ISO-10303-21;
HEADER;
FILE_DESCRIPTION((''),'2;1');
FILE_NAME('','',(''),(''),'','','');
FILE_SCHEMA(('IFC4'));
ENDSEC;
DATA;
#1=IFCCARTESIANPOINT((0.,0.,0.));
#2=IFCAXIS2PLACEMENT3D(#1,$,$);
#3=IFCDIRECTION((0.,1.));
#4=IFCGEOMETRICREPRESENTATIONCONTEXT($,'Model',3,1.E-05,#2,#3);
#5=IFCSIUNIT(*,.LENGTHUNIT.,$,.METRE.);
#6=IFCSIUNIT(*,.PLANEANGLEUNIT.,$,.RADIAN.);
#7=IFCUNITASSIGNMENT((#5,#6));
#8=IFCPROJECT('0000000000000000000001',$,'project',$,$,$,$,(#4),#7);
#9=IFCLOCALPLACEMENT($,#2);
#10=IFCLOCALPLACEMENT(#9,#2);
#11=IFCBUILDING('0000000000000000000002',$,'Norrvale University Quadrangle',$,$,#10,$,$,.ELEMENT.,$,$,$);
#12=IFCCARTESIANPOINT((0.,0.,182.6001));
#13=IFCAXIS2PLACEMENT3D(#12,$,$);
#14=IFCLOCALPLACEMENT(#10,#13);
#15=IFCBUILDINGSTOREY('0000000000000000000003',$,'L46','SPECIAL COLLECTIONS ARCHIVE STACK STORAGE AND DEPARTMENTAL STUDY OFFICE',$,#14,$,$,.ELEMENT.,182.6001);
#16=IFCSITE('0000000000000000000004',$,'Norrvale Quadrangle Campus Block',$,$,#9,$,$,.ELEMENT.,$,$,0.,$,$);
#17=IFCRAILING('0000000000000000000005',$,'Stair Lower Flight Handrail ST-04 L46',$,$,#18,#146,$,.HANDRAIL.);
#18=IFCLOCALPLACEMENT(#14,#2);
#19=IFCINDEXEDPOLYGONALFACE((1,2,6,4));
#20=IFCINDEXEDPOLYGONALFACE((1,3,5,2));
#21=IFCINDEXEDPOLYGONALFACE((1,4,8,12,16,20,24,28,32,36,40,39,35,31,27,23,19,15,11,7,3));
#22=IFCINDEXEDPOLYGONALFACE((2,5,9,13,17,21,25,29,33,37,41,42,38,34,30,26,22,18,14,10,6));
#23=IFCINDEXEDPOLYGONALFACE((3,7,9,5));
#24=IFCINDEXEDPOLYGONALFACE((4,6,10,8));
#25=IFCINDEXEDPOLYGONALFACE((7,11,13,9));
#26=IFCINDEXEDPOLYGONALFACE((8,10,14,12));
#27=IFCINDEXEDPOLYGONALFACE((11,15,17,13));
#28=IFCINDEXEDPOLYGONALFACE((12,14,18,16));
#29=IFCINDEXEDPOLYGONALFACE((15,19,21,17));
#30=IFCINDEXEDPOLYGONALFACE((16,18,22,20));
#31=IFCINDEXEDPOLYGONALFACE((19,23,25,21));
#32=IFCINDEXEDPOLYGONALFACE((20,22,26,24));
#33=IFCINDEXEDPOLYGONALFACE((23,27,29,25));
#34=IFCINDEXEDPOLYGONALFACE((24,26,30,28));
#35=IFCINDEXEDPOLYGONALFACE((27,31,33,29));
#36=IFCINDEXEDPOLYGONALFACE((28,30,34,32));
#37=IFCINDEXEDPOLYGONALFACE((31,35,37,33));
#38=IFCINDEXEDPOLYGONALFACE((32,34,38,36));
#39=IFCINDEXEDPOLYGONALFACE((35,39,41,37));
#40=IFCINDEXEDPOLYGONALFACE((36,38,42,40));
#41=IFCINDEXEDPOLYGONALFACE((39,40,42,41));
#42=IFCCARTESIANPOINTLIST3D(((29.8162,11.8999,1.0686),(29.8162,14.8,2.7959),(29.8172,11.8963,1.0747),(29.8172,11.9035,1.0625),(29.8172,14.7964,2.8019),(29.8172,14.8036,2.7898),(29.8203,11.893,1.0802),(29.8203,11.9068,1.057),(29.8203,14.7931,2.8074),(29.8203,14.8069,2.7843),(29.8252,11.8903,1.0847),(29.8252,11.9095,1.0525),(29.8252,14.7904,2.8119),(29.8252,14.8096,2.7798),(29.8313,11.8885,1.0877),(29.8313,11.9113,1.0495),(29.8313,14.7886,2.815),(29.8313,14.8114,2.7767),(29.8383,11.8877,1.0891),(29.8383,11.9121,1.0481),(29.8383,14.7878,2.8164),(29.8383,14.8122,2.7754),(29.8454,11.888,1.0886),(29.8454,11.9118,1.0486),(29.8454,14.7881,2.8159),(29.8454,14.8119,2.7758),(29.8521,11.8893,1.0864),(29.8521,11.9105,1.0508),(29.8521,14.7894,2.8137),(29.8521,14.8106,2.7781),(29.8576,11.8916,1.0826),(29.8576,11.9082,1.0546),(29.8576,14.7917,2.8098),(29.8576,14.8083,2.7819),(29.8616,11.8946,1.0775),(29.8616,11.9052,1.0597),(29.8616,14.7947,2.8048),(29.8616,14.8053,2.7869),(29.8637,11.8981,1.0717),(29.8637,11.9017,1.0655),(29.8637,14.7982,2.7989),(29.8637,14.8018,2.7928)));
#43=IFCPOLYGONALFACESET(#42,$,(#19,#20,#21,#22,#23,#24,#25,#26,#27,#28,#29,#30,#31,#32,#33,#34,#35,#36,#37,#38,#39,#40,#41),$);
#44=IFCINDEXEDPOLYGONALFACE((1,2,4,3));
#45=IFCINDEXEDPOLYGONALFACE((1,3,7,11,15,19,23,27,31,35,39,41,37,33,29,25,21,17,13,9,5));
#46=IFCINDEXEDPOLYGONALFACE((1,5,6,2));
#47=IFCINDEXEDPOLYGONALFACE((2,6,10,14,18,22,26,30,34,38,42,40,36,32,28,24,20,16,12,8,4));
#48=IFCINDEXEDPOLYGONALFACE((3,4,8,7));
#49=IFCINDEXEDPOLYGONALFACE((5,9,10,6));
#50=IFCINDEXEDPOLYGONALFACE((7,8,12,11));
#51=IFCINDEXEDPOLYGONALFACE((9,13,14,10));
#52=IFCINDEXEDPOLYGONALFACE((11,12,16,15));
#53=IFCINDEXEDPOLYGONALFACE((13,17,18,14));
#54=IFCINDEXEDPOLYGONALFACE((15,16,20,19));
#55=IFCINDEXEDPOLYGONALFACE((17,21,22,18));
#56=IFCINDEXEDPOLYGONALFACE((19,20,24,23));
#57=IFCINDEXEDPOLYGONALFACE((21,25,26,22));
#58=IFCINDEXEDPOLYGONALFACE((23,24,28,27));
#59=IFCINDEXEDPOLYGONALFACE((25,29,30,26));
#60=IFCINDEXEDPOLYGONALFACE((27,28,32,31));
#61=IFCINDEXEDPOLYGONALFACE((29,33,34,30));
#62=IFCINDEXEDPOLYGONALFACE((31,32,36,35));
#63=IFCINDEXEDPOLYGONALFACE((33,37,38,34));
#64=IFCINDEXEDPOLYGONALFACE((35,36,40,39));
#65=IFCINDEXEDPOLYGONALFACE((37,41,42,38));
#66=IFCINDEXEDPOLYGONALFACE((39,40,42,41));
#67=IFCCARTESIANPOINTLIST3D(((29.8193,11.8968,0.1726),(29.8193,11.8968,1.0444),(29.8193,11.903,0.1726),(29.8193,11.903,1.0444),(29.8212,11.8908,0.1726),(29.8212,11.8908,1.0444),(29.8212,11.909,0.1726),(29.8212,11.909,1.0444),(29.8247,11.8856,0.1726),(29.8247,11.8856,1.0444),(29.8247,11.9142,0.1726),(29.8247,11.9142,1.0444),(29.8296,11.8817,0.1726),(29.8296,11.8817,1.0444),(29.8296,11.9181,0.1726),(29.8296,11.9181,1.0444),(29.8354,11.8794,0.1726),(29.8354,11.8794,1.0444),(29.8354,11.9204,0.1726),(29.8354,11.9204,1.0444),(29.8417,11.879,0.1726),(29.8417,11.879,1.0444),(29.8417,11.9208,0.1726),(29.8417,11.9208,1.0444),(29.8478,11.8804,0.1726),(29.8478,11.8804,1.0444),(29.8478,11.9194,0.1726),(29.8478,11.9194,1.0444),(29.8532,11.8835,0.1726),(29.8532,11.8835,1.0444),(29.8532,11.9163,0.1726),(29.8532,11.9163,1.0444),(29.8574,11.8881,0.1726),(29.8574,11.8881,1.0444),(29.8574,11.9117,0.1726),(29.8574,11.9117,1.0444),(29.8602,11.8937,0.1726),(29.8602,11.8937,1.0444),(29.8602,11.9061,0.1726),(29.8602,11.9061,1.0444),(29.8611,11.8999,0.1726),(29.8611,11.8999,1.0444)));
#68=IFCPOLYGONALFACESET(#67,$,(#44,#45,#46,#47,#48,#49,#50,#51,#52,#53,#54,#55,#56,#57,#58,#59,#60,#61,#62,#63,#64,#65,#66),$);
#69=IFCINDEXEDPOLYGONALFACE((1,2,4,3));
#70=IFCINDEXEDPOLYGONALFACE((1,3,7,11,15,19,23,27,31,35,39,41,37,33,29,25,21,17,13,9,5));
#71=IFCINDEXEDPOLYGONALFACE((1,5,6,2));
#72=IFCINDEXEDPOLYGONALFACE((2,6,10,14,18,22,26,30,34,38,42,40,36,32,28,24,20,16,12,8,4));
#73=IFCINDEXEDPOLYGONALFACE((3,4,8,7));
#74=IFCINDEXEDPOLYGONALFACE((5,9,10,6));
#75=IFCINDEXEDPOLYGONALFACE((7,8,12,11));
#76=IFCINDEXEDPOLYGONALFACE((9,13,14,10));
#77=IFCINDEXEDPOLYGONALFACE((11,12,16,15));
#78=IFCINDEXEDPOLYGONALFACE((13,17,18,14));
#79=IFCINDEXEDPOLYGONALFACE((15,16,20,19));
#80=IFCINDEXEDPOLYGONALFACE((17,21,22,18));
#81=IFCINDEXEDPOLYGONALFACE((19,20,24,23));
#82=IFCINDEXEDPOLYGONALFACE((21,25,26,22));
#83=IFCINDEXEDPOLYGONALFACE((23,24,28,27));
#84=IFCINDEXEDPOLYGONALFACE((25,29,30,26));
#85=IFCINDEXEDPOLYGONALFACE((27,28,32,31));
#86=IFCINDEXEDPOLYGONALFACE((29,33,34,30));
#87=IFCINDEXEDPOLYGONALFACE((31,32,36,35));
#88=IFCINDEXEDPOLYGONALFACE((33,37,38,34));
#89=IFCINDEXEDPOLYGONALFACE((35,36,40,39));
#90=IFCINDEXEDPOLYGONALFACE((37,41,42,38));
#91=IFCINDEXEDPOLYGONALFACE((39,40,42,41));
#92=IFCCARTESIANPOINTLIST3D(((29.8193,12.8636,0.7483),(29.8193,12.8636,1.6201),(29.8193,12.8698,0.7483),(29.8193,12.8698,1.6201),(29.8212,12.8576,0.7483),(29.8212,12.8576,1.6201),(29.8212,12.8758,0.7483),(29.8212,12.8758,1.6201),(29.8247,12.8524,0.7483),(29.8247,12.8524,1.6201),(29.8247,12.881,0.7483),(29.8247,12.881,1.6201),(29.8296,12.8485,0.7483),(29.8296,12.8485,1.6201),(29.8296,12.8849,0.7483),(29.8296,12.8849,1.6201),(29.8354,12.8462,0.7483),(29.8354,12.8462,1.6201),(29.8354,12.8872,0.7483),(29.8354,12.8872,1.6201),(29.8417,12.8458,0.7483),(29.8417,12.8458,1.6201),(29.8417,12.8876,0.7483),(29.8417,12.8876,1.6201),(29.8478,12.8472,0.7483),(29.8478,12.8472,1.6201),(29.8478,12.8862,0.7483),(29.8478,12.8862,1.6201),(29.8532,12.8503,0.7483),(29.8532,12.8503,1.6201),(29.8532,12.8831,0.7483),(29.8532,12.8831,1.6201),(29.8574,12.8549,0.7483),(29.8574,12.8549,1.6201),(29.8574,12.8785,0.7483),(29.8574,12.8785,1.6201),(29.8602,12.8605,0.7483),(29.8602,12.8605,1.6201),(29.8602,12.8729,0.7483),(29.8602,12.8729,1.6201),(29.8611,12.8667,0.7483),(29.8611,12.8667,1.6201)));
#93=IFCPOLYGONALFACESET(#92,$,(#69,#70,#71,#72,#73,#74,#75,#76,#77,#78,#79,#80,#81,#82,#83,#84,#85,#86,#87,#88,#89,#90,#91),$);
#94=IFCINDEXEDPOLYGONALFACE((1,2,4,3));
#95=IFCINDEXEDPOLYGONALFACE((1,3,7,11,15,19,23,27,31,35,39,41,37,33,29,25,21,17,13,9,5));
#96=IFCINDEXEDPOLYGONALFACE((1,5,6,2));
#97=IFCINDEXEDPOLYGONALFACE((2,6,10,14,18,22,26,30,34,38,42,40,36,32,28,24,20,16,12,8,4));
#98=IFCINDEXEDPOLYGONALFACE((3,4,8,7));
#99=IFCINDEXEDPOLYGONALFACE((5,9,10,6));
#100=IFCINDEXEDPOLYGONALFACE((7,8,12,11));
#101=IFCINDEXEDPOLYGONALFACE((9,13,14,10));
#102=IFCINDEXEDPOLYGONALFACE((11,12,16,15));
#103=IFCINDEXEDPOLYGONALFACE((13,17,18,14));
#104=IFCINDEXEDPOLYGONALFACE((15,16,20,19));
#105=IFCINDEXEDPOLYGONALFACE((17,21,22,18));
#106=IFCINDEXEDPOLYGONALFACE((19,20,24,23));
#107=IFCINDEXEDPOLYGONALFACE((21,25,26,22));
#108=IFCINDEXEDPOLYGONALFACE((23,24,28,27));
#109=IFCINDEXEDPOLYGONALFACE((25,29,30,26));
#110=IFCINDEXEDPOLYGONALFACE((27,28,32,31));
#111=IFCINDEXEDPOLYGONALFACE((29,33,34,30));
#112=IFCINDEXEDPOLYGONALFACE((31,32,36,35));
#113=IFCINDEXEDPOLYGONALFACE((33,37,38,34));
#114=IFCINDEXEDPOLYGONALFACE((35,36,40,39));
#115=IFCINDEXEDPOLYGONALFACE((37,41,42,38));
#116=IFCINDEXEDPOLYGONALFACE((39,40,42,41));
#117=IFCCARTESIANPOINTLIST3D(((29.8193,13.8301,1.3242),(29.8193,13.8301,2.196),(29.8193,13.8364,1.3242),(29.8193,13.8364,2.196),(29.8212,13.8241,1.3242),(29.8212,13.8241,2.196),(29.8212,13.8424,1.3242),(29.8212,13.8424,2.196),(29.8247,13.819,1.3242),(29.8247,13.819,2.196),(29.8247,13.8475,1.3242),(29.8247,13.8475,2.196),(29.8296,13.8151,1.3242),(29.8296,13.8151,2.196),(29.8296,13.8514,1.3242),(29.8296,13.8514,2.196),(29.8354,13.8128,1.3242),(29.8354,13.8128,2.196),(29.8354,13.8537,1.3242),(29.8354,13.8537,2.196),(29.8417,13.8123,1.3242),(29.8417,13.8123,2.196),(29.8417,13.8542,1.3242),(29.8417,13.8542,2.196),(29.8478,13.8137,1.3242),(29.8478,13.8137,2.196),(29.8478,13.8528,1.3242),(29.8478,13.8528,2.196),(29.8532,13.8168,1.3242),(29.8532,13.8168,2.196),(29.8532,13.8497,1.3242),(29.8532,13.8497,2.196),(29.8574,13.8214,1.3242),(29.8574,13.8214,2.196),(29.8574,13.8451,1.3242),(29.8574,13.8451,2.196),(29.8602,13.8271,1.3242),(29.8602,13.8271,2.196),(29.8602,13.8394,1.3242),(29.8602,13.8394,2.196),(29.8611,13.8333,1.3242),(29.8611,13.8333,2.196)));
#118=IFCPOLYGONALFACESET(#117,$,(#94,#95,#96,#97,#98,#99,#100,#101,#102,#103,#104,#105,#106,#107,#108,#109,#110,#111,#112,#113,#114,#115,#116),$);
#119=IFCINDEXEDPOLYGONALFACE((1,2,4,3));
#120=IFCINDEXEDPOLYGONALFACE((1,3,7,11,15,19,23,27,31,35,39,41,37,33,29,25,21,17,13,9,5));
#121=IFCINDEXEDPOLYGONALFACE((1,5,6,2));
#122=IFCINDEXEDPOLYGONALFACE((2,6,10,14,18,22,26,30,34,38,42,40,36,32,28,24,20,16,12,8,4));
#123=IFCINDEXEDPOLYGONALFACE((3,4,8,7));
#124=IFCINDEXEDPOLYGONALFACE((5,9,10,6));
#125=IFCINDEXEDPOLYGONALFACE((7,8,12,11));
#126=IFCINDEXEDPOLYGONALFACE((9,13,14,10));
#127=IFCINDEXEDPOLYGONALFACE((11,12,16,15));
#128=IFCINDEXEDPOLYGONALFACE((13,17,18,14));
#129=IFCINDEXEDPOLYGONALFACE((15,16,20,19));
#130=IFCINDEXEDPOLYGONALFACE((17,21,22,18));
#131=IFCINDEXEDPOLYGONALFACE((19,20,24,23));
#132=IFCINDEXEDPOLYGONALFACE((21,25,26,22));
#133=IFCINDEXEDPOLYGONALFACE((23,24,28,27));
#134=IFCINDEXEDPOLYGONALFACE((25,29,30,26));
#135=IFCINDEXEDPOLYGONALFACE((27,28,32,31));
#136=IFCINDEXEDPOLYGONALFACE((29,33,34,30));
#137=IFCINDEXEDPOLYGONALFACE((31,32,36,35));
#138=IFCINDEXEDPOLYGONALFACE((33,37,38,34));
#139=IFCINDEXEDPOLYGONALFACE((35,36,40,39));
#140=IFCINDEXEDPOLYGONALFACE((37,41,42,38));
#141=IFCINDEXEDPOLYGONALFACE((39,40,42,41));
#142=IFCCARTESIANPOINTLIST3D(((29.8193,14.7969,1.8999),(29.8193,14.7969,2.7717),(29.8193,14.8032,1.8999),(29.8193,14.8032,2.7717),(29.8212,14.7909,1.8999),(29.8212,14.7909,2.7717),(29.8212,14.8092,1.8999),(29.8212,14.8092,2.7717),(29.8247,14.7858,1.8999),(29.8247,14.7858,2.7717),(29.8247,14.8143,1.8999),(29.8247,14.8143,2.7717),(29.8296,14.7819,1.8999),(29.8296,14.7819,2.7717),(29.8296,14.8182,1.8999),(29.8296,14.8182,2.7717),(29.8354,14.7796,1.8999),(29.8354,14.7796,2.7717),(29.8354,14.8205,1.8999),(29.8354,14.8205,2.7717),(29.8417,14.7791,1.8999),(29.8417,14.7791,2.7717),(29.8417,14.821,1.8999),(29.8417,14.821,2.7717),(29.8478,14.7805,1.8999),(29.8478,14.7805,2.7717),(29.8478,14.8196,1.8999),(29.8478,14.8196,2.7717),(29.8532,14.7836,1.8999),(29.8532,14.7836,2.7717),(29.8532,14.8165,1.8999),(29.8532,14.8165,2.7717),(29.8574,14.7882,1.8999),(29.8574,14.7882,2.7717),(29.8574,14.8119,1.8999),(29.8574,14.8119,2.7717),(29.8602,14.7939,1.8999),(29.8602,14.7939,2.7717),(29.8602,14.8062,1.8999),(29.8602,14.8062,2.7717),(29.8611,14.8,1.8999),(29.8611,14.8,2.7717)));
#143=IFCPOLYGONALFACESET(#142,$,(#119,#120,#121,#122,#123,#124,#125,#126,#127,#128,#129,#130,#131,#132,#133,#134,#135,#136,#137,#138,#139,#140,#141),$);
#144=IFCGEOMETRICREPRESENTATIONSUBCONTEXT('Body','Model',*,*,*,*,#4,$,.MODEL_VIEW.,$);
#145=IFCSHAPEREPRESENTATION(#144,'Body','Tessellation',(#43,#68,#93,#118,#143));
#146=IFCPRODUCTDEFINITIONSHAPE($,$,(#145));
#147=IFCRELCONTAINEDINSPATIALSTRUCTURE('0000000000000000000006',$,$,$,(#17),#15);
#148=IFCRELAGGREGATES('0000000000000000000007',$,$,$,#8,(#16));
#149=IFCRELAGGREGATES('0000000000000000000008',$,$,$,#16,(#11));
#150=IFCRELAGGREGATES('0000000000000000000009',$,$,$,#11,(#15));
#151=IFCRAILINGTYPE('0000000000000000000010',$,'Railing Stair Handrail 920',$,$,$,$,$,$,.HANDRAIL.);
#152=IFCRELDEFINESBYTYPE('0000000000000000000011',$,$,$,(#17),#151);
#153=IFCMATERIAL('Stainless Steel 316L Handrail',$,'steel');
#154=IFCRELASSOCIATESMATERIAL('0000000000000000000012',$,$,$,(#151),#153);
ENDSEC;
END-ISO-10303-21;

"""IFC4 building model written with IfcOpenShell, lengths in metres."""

from ifc_helpers import new_model, si_unit, direction, frame, origin, origin_2d, place, context, subcontext, project, spatial, circle, extrude, material, type_object, element, save


model = new_model("IFC4")

# Units and contexts
model_context = context("Model", 3, precision=1e-05, world=origin(), true_north=direction((0.0, 1.0)))
body_context = subcontext(model_context, "Body", "Model", "MODEL_VIEW")
ifc_project = project(units=[si_unit("LENGTHUNIT", "METRE"), si_unit("PLANEANGLEUNIT", "RADIAN")], contexts=[model_context])

# Site, building, storey
site_placement = place(None, origin())
site = spatial("IfcSite", under=ifc_project, at=site_placement, Name="Norrvale Quadrangle Campus Block", CompositionType="ELEMENT", RefElevation=0.0)
building_placement = place(site_placement, origin())
building = spatial("IfcBuilding", under=site, at=building_placement, Name="Norrvale University Quadrangle", CompositionType="ELEMENT")
storey_placement = place(building_placement, frame((0.0, 0.0, 182.6001)))
storey = spatial("IfcBuildingStorey", under=building, at=storey_placement, Name="L46", Description="SPECIAL COLLECTIONS ARCHIVE STACK STORAGE AND DEPARTMENTAL STUDY OFFICE", CompositionType="ELEMENT", Elevation=182.6001)

# Railing
ifc_material_1 = material(Name="Stainless Steel 316L Handrail", Category="steel")
railing_type = type_object("IfcRailingType", Name="Railing Stair Handrail 920", PredefinedType="HANDRAIL", material=ifc_material_1)
railing_placement = place(storey_placement, frame((29.8401, 11.8999, 0.1726)))
element("IfcRailing", 1, at=railing_placement, inside=storey, type_object=railing_type, Name="Stair Lower Flight Handrail ST-04 L46", PredefinedType="HANDRAIL", context=body_context, shape_type="SweptSolid", body=[
    extrude(circle(Radius=0.0239, at=origin_2d()), frame((0.0, 0.0, 0.896), z_axis=(0.0, 0.85916, 0.511706), x_axis=(-1.0, 0.0, 0.0)), (0.0, 0.0, 1.0), 3.3755),
    extrude(circle(Radius=0.021, at=origin_2d()), origin(), (0.0, 0.0, 1.0), 0.8718),
    extrude(circle(Radius=0.021, at=origin_2d()), frame((0.0, 0.9668, 0.5757)), (0.0, 0.0, 1.0), 0.8718),
    extrude(circle(Radius=0.021, at=origin_2d()), frame((0.0, 1.9333, 1.1516)), (0.0, 0.0, 1.0), 0.8718),
    extrude(circle(Radius=0.021, at=origin_2d()), frame((0.0, 2.9001, 1.7273)), (0.0, 0.0, 1.0), 0.8718),
])

save(model, "model.ifc")
